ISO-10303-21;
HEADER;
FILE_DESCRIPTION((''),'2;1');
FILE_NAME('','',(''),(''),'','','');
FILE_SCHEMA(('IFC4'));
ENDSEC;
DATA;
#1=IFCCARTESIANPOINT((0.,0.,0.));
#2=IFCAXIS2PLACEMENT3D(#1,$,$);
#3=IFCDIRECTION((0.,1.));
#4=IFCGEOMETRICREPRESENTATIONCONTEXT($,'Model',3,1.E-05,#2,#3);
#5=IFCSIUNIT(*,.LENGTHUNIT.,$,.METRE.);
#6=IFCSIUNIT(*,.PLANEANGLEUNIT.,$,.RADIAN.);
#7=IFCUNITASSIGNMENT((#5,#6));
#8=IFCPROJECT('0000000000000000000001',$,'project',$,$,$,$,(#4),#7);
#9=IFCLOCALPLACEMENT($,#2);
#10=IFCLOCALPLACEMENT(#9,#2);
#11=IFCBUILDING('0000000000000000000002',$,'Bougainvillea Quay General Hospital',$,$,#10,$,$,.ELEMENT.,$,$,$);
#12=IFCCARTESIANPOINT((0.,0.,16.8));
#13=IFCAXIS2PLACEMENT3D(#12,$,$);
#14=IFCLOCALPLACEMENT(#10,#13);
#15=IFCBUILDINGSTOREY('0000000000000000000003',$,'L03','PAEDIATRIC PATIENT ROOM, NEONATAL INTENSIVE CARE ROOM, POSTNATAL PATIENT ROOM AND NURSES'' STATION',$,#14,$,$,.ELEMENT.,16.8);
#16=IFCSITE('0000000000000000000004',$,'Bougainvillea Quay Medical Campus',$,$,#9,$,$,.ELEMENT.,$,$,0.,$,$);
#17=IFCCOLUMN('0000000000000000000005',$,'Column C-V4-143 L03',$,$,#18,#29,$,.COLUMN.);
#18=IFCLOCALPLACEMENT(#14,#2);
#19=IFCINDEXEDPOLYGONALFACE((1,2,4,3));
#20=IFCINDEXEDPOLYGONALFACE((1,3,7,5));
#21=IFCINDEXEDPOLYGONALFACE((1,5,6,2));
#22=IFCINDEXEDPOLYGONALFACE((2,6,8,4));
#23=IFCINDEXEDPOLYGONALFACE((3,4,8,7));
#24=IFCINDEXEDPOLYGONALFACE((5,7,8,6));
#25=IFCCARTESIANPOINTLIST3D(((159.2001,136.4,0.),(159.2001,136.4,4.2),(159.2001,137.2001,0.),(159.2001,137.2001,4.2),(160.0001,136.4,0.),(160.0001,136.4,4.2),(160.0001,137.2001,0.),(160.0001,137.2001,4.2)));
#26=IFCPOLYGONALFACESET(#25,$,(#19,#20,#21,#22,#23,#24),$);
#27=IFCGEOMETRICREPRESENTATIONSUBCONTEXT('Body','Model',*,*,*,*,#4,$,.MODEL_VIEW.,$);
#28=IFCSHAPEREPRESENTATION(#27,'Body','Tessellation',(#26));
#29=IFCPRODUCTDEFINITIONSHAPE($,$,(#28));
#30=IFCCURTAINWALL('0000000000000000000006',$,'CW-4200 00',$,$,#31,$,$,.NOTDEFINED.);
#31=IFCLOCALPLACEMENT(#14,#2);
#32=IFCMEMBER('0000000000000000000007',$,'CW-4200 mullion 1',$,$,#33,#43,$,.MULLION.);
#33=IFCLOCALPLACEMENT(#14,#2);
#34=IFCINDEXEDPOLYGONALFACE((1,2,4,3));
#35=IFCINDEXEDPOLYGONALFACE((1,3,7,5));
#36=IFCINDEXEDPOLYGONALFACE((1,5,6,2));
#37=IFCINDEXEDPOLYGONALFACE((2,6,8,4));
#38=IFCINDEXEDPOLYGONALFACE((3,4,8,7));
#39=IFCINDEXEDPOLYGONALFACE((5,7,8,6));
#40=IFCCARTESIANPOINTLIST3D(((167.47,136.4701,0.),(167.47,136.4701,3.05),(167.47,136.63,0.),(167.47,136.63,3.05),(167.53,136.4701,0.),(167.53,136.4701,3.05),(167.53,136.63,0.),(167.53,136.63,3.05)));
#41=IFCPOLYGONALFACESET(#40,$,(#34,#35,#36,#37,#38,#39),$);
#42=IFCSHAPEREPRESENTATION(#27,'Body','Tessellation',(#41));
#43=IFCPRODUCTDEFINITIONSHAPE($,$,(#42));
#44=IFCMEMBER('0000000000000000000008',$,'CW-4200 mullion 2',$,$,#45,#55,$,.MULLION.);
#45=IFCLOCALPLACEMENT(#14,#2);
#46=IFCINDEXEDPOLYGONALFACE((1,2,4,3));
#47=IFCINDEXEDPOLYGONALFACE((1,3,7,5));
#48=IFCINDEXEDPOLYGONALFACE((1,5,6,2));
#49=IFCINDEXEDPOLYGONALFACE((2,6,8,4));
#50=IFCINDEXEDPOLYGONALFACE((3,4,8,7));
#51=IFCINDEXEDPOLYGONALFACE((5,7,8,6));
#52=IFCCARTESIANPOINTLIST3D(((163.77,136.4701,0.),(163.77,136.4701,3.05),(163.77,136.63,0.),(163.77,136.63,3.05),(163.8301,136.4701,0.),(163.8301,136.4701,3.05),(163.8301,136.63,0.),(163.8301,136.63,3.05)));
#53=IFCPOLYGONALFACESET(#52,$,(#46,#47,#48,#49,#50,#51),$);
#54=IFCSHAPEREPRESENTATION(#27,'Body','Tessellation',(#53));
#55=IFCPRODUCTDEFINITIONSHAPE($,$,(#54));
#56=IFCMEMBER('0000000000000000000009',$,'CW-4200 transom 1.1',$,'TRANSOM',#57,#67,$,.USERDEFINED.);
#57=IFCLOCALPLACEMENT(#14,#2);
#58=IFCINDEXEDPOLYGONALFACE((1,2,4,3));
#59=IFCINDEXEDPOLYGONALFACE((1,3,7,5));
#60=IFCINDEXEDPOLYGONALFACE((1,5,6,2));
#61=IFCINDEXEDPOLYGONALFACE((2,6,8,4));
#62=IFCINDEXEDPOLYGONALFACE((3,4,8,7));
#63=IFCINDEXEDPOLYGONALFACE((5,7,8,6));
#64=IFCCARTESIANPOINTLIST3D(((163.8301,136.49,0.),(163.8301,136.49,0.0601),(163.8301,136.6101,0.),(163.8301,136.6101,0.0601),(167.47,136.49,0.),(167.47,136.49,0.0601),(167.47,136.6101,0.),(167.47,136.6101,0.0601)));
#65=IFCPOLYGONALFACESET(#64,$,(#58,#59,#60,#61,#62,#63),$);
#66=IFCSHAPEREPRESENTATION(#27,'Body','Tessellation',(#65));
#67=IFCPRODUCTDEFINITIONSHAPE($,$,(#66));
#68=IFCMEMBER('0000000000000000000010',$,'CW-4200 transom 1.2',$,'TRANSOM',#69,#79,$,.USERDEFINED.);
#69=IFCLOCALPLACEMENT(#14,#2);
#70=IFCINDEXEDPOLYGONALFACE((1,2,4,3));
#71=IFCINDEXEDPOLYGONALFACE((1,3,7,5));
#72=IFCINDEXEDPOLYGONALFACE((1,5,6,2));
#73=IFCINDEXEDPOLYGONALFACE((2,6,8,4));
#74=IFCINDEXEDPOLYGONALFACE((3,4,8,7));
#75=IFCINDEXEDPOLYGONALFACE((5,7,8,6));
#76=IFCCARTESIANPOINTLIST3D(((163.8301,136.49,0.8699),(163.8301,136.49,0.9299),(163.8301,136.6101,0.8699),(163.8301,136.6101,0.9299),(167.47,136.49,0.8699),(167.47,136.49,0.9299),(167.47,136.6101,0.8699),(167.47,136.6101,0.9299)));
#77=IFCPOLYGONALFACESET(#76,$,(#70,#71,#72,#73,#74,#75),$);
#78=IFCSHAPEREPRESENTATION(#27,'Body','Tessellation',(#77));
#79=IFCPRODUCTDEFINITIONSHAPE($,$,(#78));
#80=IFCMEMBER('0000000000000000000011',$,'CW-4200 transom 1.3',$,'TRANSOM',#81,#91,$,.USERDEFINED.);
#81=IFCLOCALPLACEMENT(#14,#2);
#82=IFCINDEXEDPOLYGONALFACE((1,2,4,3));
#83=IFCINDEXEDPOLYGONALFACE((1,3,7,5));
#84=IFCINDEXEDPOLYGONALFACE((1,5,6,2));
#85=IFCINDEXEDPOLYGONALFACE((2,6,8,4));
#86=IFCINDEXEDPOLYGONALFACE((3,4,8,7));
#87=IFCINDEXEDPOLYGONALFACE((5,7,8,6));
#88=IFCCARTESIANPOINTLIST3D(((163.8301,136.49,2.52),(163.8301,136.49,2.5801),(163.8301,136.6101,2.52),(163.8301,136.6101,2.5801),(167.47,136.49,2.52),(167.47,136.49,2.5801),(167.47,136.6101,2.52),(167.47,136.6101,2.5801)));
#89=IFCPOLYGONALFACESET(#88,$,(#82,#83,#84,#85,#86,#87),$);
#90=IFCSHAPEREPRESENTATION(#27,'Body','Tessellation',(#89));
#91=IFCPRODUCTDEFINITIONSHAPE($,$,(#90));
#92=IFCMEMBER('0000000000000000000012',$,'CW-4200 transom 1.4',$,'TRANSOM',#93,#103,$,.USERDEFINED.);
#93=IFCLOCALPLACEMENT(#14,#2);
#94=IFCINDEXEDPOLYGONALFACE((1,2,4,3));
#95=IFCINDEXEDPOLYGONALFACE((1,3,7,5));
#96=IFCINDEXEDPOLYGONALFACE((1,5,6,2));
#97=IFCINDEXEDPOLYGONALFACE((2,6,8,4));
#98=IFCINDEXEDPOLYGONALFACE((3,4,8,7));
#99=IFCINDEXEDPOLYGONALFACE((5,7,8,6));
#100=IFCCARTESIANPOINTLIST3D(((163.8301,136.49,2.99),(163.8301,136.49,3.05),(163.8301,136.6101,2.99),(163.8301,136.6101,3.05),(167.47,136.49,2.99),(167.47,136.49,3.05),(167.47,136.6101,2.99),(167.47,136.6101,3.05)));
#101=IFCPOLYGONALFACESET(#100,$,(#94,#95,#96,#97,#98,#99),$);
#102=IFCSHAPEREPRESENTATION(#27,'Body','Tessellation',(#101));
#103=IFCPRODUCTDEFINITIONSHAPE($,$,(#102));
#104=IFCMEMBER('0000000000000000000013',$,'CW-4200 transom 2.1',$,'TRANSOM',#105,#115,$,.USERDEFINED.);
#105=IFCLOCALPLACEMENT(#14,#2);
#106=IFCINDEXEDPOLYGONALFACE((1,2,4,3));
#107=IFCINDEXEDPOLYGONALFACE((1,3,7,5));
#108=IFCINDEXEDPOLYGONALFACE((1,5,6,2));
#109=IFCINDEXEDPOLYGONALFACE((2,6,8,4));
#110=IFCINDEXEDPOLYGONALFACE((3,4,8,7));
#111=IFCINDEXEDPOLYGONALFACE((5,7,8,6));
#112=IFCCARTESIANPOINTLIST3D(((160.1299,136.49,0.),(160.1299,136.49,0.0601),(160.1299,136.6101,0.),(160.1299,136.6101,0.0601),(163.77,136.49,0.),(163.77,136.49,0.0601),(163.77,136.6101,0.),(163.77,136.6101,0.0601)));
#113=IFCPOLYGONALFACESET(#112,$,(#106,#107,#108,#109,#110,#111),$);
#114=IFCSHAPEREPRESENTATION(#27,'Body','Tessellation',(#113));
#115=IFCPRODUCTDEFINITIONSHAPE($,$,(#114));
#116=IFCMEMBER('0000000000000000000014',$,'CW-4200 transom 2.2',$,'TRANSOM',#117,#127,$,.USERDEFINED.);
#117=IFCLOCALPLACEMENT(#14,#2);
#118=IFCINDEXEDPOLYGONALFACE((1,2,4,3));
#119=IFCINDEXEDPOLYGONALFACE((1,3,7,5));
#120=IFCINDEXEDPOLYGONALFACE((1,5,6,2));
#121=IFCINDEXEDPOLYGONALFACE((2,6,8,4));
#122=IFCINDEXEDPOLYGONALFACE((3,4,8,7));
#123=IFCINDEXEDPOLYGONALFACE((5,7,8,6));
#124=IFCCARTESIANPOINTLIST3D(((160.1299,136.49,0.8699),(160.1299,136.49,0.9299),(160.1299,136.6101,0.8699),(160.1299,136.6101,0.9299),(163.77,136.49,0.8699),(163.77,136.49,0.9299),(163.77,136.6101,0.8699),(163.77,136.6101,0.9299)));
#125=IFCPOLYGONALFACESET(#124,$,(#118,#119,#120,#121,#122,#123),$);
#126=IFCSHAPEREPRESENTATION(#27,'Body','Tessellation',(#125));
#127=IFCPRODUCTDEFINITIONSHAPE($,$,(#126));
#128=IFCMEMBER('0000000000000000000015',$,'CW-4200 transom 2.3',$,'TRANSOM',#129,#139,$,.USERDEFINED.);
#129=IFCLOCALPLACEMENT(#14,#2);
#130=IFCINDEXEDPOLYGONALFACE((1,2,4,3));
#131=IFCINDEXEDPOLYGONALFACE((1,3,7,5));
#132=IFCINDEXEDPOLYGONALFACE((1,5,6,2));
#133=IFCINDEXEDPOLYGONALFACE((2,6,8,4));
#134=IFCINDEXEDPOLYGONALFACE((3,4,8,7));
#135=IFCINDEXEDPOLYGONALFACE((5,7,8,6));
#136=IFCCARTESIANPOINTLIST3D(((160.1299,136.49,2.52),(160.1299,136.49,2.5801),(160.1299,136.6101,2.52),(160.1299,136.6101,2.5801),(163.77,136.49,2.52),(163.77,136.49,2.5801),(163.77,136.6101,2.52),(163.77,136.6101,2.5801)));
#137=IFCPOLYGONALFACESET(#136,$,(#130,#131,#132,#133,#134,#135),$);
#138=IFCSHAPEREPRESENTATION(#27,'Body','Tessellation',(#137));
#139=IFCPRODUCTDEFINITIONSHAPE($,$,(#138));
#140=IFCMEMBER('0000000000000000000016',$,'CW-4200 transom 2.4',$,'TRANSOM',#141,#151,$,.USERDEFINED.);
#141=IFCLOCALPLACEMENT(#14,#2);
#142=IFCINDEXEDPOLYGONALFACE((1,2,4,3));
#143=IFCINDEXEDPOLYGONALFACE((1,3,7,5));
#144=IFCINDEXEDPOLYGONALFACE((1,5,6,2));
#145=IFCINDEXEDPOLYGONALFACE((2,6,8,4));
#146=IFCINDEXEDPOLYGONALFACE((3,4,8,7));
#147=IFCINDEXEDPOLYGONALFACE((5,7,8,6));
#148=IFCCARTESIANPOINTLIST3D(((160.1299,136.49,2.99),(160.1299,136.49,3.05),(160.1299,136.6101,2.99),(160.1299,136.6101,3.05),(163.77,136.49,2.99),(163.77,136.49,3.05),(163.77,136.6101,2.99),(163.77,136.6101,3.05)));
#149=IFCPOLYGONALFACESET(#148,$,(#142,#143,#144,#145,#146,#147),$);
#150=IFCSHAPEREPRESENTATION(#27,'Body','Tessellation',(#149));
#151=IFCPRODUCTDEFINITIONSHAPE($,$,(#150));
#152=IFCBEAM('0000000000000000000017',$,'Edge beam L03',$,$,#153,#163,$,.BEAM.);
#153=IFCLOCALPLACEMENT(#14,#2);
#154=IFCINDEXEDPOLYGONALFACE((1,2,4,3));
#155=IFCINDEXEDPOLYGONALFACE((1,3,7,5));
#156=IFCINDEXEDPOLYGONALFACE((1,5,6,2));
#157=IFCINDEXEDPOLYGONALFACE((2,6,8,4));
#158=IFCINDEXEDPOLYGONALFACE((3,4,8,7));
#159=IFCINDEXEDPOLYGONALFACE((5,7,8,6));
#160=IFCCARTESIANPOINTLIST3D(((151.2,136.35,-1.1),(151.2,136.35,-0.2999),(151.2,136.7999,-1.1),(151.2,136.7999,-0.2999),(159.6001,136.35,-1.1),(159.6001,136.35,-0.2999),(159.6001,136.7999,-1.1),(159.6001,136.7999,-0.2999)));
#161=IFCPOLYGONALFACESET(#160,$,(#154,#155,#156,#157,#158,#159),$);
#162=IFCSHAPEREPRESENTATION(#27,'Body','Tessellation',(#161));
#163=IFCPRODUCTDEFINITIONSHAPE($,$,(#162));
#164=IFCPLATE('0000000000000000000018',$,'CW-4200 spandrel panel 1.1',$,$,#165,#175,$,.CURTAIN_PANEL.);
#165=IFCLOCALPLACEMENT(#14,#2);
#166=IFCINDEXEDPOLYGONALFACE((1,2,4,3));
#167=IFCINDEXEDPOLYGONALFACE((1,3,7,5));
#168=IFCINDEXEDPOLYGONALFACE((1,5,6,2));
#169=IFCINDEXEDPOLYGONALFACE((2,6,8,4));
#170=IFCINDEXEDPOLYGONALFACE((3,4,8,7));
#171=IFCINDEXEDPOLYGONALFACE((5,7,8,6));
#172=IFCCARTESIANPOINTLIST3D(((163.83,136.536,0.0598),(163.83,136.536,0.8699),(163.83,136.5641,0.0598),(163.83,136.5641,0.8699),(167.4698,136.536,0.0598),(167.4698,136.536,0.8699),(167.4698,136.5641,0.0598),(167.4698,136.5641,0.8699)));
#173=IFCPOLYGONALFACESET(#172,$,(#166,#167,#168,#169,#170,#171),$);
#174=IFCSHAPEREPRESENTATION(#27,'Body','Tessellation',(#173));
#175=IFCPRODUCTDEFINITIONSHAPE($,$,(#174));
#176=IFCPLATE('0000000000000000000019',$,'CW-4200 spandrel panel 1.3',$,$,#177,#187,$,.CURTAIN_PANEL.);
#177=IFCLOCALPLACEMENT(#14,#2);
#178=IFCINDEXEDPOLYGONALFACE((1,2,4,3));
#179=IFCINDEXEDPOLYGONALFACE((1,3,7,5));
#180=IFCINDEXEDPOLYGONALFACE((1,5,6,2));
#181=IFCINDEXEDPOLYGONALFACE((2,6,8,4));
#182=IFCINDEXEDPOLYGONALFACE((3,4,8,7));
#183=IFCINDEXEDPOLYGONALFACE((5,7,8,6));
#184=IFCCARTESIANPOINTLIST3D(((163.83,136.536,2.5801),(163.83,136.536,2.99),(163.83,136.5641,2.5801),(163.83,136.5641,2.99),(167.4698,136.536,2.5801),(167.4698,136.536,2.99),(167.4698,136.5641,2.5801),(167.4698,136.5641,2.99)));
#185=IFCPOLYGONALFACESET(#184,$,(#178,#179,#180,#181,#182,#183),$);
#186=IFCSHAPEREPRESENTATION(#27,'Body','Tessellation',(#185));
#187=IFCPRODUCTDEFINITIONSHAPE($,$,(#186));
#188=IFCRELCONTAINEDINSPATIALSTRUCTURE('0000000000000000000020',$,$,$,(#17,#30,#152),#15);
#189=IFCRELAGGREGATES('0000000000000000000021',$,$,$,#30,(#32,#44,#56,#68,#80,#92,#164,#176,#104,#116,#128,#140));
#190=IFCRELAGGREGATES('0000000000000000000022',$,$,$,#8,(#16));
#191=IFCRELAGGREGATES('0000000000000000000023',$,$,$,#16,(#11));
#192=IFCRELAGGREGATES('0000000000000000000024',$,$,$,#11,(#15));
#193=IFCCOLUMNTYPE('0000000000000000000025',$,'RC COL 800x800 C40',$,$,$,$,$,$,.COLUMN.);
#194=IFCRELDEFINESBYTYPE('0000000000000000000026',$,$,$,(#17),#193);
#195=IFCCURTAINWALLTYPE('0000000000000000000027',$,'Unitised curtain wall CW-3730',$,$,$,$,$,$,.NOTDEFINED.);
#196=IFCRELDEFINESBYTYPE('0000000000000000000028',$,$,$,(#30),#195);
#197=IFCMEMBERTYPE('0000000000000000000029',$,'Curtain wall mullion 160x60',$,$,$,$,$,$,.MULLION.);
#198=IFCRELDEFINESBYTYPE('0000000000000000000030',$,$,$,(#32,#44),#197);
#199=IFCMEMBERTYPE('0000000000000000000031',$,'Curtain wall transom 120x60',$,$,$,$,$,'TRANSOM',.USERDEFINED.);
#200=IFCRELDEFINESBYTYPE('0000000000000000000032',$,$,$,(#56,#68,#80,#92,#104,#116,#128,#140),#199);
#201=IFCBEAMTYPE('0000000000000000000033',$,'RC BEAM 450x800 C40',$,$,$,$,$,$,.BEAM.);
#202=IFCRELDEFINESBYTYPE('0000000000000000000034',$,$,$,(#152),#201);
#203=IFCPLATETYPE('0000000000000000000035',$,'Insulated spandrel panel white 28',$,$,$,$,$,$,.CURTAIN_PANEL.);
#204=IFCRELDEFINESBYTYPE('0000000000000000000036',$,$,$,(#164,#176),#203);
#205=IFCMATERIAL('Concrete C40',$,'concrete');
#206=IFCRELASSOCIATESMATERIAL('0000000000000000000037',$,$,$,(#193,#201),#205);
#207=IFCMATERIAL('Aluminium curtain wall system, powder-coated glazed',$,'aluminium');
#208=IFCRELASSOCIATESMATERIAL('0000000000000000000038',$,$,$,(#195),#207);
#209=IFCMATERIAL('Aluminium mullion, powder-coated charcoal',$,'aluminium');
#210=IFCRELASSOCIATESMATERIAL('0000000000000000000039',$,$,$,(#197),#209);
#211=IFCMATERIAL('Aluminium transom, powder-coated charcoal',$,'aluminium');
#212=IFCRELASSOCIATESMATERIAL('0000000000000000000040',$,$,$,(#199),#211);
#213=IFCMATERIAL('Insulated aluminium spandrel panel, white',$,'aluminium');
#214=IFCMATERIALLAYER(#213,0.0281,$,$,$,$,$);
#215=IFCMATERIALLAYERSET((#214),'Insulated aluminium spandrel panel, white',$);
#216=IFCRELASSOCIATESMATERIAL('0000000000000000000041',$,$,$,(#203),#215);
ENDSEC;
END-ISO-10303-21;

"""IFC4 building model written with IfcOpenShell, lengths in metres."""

from ifc_helpers import new_model, si_unit, direction, frame, origin, origin_2d, place, context, subcontext, project, spatial, rectangle, extrude, material, layer, layer_set, material_profile, profile_set, type_object, element, aggregate, save


model = new_model("IFC4")

# Units and contexts
model_context = context("Model", 3, precision=1e-05, world=origin(), true_north=direction((0.0, 1.0)))
body_context = subcontext(model_context, "Body", "Model", "MODEL_VIEW")
ifc_project = project(units=[si_unit("LENGTHUNIT", "METRE"), si_unit("PLANEANGLEUNIT", "RADIAN")], contexts=[model_context])

# Site, building, storey
site_placement = place(None, origin())
site = spatial("IfcSite", under=ifc_project, at=site_placement, Name="Bougainvillea Quay Medical Campus", CompositionType="ELEMENT", RefElevation=0.0)
building_placement = place(site_placement, origin())
building = spatial("IfcBuilding", under=site, at=building_placement, Name="Bougainvillea Quay General Hospital", CompositionType="ELEMENT")
storey_placement = place(building_placement, frame((0.0, 0.0, 16.8)))
storey = spatial("IfcBuildingStorey", under=building, at=storey_placement, Name="L03", Description="PAEDIATRIC PATIENT ROOM, NEONATAL INTENSIVE CARE ROOM, POSTNATAL PATIENT ROOM AND NURSES' STATION", CompositionType="ELEMENT", Elevation=16.8)

# Column
ifc_material_1 = material(Name="Concrete C40", Category="concrete")
ifc_material_profile_1 = material_profile(ifc_material_1, rectangle(XDim=0.8, YDim=0.8, at=origin_2d()))
ifc_profile_set_1 = profile_set([ifc_material_profile_1], Name="Concrete C40")
column_type = type_object("IfcColumnType", Name="RC COL 800x800 C40", PredefinedType="COLUMN", material=ifc_profile_set_1)
column_placement = place(storey_placement, frame((159.6001, 136.8, 0.0), z_axis=(0.0, 0.0, 1.0), x_axis=(1.0, 0.0, 0.0)))
element("IfcColumn", 1, at=column_placement, inside=storey, type_object=column_type, Name="Column C-V4-143 L03", PredefinedType="COLUMN", context=body_context, shape_type="SweptSolid", body=[
    extrude(rectangle(XDim=0.8, YDim=0.8, at=origin_2d()), origin(), (0.0, 0.0, 1.0), 4.2),
])

# Curtain wall, members
ifc_material_2 = material(Name="Aluminium curtain wall system, powder-coated glazed", Category="aluminium")
curtain_wall_type = type_object("IfcCurtainWallType", Name="Unitised curtain wall CW-3730", PredefinedType="NOTDEFINED", material=ifc_material_2)
curtain_wall_placement = place(storey_placement, origin())
curtain_wall = element("IfcCurtainWall", 2, at=curtain_wall_placement, inside=storey, type_object=curtain_wall_type, Name="CW-4200 00", PredefinedType="NOTDEFINED")
ifc_material_3 = material(Name="Aluminium mullion, powder-coated charcoal", Category="aluminium")
ifc_material_profile_2 = material_profile(ifc_material_3, rectangle(XDim=0.1599, YDim=0.0601, at=origin_2d()))
ifc_profile_set_2 = profile_set([ifc_material_profile_2], Name="Aluminium mullion, powder-coated charcoal")
member_type_1 = type_object("IfcMemberType", Name="Curtain wall mullion 160x60", PredefinedType="MULLION", material=ifc_profile_set_2)
member_1_placement = place(storey_placement, frame((167.5, 136.55, 0.0), z_axis=(0.0, 0.0, 1.0), x_axis=(0.0, -1.0, 0.0)))
member_1 = element("IfcMember", 3, at=member_1_placement, type_object=member_type_1, Name="CW-4200 mullion 1", PredefinedType="MULLION", context=body_context, shape_type="SweptSolid", body=[
    extrude(rectangle(XDim=0.1599, YDim=0.0601, at=origin_2d()), origin(), (0.0, 0.0, 1.0), 3.05),
])
member_2_placement = place(storey_placement, frame((163.8, 136.55, 0.0), z_axis=(0.0, 0.0, 1.0), x_axis=(0.0, -1.0, 0.0)))
member_2 = element("IfcMember", 4, at=member_2_placement, type_object=member_type_1, Name="CW-4200 mullion 2", PredefinedType="MULLION", context=body_context, shape_type="SweptSolid", body=[
    extrude(rectangle(XDim=0.1599, YDim=0.0601, at=origin_2d()), origin(), (0.0, 0.0, 1.0), 3.05),
])
ifc_material_4 = material(Name="Aluminium transom, powder-coated charcoal", Category="aluminium")
ifc_material_profile_3 = material_profile(ifc_material_4, rectangle(XDim=0.1201, YDim=0.0601, at=origin_2d()))
ifc_profile_set_3 = profile_set([ifc_material_profile_3], Name="Aluminium transom, powder-coated charcoal")
member_type_2 = type_object("IfcMemberType", Name="Curtain wall transom 120x60", ElementType="TRANSOM", PredefinedType="USERDEFINED", material=ifc_profile_set_3)
member_3_placement = place(storey_placement, frame((167.47, 136.55, 0.03), z_axis=(-1.0, 0.0, 0.0), x_axis=(0.0, -1.0, 0.0)))
member_3 = element("IfcMember", 5, at=member_3_placement, type_object=member_type_2, Name="CW-4200 transom 1.1", ObjectType="TRANSOM", PredefinedType="USERDEFINED", context=body_context, shape_type="SweptSolid", body=[
    extrude(rectangle(XDim=0.1201, YDim=0.0601, at=origin_2d()), origin(), (0.0, 0.0, 1.0), 3.6399),
])
member_4_placement = place(storey_placement, frame((167.47, 136.55, 0.8999), z_axis=(-1.0, 0.0, 0.0), x_axis=(0.0, -1.0, 0.0)))
member_4 = element("IfcMember", 6, at=member_4_placement, type_object=member_type_2, Name="CW-4200 transom 1.2", ObjectType="TRANSOM", PredefinedType="USERDEFINED", context=body_context, shape_type="SweptSolid", body=[
    extrude(rectangle(XDim=0.1201, YDim=0.0601, at=origin_2d()), origin(), (0.0, 0.0, 1.0), 3.6399),
])
member_5_placement = place(storey_placement, frame((167.47, 136.55, 2.55), z_axis=(-1.0, 0.0, 0.0), x_axis=(0.0, -1.0, 0.0)))
member_5 = element("IfcMember", 7, at=member_5_placement, type_object=member_type_2, Name="CW-4200 transom 1.3", ObjectType="TRANSOM", PredefinedType="USERDEFINED", context=body_context, shape_type="SweptSolid", body=[
    extrude(rectangle(XDim=0.1201, YDim=0.0601, at=origin_2d()), origin(), (0.0, 0.0, 1.0), 3.6399),
])
member_6_placement = place(storey_placement, frame((167.47, 136.55, 3.02), z_axis=(-1.0, 0.0, 0.0), x_axis=(0.0, -1.0, 0.0)))
member_6 = element("IfcMember", 8, at=member_6_placement, type_object=member_type_2, Name="CW-4200 transom 1.4", ObjectType="TRANSOM", PredefinedType="USERDEFINED", context=body_context, shape_type="SweptSolid", body=[
    extrude(rectangle(XDim=0.1201, YDim=0.0601, at=origin_2d()), origin(), (0.0, 0.0, 1.0), 3.6399),
])
member_7_placement = place(storey_placement, frame((163.77, 136.55, 0.03), z_axis=(-1.0, 0.0, 0.0), x_axis=(0.0, -1.0, 0.0)))
member_7 = element("IfcMember", 9, at=member_7_placement, type_object=member_type_2, Name="CW-4200 transom 2.1", ObjectType="TRANSOM", PredefinedType="USERDEFINED", context=body_context, shape_type="SweptSolid", body=[
    extrude(rectangle(XDim=0.1201, YDim=0.0601, at=origin_2d()), origin(), (0.0, 0.0, 1.0), 3.6401),
])
member_8_placement = place(storey_placement, frame((163.77, 136.55, 0.8999), z_axis=(-1.0, 0.0, 0.0), x_axis=(0.0, -1.0, 0.0)))
member_8 = element("IfcMember", 10, at=member_8_placement, type_object=member_type_2, Name="CW-4200 transom 2.2", ObjectType="TRANSOM", PredefinedType="USERDEFINED", context=body_context, shape_type="SweptSolid", body=[
    extrude(rectangle(XDim=0.1201, YDim=0.0601, at=origin_2d()), origin(), (0.0, 0.0, 1.0), 3.6401),
])
member_9_placement = place(storey_placement, frame((163.77, 136.55, 2.55), z_axis=(-1.0, 0.0, 0.0), x_axis=(0.0, -1.0, 0.0)))
member_9 = element("IfcMember", 11, at=member_9_placement, type_object=member_type_2, Name="CW-4200 transom 2.3", ObjectType="TRANSOM", PredefinedType="USERDEFINED", context=body_context, shape_type="SweptSolid", body=[
    extrude(rectangle(XDim=0.1201, YDim=0.0601, at=origin_2d()), origin(), (0.0, 0.0, 1.0), 3.6401),
])
member_10_placement = place(storey_placement, frame((163.77, 136.55, 3.02), z_axis=(-1.0, 0.0, 0.0), x_axis=(0.0, -1.0, 0.0)))
member_10 = element("IfcMember", 12, at=member_10_placement, type_object=member_type_2, Name="CW-4200 transom 2.4", ObjectType="TRANSOM", PredefinedType="USERDEFINED", context=body_context, shape_type="SweptSolid", body=[
    extrude(rectangle(XDim=0.1201, YDim=0.0601, at=origin_2d()), origin(), (0.0, 0.0, 1.0), 3.6401),
])

# Beam
ifc_material_profile_4 = material_profile(ifc_material_1, rectangle(XDim=0.45, YDim=0.8, at=origin_2d()))
ifc_profile_set_4 = profile_set([ifc_material_profile_4], Name="Concrete C40")
beam_type = type_object("IfcBeamType", Name="RC BEAM 450x800 C40", PredefinedType="BEAM", material=ifc_profile_set_4)
beam_placement = place(storey_placement, frame((159.6001, 136.575, -0.7), z_axis=(-1.0, 0.0, 0.0), x_axis=(0.0, -1.0, 0.0)))
element("IfcBeam", 13, at=beam_placement, inside=storey, type_object=beam_type, Name="Edge beam L03", PredefinedType="BEAM", context=body_context, shape_type="SweptSolid", body=[
    extrude(rectangle(XDim=0.45, YDim=0.8, at=origin_2d()), origin(), (0.0, 0.0, 1.0), 8.4001),
])

# Plates
ifc_material_5 = material(Name="Insulated aluminium spandrel panel, white", Category="aluminium")
ifc_layer_1 = layer(ifc_material_5, 0.0281)
ifc_layer_set_1 = layer_set([ifc_layer_1], Name="Insulated aluminium spandrel panel, white")
plate_type_1 = type_object("IfcPlateType", Name="Insulated spandrel panel white 28", PredefinedType="CURTAIN_PANEL", material=ifc_layer_set_1)
plate_1_placement = place(storey_placement, frame((165.6499, 136.55, 0.0598), z_axis=(0.0, 0.0, 1.0), x_axis=(-1.0, 0.0, 0.0)))
plate_1 = element("IfcPlate", 14, at=plate_1_placement, type_object=plate_type_1, Name="CW-4200 spandrel panel 1.1", PredefinedType="CURTAIN_PANEL", context=body_context, shape_type="SweptSolid", body=[
    extrude(rectangle(XDim=3.6399, YDim=0.0281, at=origin_2d()), origin(), (0.0, 0.0, 1.0), 0.8101),
])
plate_2_placement = place(storey_placement, frame((165.6499, 136.55, 2.5801), z_axis=(0.0, 0.0, 1.0), x_axis=(-1.0, 0.0, 0.0)))
plate_2 = element("IfcPlate", 15, at=plate_2_placement, type_object=plate_type_1, Name="CW-4200 spandrel panel 1.3", PredefinedType="CURTAIN_PANEL", context=body_context, shape_type="SweptSolid", body=[
    extrude(rectangle(XDim=3.6399, YDim=0.0281, at=origin_2d()), origin(), (0.0, 0.0, 1.0), 0.4099),
])
aggregate(curtain_wall, [member_1, member_2, member_3, member_4, member_5, member_6, plate_1, plate_2, member_7, member_8, member_9, member_10])

save(model, "model.ifc")
